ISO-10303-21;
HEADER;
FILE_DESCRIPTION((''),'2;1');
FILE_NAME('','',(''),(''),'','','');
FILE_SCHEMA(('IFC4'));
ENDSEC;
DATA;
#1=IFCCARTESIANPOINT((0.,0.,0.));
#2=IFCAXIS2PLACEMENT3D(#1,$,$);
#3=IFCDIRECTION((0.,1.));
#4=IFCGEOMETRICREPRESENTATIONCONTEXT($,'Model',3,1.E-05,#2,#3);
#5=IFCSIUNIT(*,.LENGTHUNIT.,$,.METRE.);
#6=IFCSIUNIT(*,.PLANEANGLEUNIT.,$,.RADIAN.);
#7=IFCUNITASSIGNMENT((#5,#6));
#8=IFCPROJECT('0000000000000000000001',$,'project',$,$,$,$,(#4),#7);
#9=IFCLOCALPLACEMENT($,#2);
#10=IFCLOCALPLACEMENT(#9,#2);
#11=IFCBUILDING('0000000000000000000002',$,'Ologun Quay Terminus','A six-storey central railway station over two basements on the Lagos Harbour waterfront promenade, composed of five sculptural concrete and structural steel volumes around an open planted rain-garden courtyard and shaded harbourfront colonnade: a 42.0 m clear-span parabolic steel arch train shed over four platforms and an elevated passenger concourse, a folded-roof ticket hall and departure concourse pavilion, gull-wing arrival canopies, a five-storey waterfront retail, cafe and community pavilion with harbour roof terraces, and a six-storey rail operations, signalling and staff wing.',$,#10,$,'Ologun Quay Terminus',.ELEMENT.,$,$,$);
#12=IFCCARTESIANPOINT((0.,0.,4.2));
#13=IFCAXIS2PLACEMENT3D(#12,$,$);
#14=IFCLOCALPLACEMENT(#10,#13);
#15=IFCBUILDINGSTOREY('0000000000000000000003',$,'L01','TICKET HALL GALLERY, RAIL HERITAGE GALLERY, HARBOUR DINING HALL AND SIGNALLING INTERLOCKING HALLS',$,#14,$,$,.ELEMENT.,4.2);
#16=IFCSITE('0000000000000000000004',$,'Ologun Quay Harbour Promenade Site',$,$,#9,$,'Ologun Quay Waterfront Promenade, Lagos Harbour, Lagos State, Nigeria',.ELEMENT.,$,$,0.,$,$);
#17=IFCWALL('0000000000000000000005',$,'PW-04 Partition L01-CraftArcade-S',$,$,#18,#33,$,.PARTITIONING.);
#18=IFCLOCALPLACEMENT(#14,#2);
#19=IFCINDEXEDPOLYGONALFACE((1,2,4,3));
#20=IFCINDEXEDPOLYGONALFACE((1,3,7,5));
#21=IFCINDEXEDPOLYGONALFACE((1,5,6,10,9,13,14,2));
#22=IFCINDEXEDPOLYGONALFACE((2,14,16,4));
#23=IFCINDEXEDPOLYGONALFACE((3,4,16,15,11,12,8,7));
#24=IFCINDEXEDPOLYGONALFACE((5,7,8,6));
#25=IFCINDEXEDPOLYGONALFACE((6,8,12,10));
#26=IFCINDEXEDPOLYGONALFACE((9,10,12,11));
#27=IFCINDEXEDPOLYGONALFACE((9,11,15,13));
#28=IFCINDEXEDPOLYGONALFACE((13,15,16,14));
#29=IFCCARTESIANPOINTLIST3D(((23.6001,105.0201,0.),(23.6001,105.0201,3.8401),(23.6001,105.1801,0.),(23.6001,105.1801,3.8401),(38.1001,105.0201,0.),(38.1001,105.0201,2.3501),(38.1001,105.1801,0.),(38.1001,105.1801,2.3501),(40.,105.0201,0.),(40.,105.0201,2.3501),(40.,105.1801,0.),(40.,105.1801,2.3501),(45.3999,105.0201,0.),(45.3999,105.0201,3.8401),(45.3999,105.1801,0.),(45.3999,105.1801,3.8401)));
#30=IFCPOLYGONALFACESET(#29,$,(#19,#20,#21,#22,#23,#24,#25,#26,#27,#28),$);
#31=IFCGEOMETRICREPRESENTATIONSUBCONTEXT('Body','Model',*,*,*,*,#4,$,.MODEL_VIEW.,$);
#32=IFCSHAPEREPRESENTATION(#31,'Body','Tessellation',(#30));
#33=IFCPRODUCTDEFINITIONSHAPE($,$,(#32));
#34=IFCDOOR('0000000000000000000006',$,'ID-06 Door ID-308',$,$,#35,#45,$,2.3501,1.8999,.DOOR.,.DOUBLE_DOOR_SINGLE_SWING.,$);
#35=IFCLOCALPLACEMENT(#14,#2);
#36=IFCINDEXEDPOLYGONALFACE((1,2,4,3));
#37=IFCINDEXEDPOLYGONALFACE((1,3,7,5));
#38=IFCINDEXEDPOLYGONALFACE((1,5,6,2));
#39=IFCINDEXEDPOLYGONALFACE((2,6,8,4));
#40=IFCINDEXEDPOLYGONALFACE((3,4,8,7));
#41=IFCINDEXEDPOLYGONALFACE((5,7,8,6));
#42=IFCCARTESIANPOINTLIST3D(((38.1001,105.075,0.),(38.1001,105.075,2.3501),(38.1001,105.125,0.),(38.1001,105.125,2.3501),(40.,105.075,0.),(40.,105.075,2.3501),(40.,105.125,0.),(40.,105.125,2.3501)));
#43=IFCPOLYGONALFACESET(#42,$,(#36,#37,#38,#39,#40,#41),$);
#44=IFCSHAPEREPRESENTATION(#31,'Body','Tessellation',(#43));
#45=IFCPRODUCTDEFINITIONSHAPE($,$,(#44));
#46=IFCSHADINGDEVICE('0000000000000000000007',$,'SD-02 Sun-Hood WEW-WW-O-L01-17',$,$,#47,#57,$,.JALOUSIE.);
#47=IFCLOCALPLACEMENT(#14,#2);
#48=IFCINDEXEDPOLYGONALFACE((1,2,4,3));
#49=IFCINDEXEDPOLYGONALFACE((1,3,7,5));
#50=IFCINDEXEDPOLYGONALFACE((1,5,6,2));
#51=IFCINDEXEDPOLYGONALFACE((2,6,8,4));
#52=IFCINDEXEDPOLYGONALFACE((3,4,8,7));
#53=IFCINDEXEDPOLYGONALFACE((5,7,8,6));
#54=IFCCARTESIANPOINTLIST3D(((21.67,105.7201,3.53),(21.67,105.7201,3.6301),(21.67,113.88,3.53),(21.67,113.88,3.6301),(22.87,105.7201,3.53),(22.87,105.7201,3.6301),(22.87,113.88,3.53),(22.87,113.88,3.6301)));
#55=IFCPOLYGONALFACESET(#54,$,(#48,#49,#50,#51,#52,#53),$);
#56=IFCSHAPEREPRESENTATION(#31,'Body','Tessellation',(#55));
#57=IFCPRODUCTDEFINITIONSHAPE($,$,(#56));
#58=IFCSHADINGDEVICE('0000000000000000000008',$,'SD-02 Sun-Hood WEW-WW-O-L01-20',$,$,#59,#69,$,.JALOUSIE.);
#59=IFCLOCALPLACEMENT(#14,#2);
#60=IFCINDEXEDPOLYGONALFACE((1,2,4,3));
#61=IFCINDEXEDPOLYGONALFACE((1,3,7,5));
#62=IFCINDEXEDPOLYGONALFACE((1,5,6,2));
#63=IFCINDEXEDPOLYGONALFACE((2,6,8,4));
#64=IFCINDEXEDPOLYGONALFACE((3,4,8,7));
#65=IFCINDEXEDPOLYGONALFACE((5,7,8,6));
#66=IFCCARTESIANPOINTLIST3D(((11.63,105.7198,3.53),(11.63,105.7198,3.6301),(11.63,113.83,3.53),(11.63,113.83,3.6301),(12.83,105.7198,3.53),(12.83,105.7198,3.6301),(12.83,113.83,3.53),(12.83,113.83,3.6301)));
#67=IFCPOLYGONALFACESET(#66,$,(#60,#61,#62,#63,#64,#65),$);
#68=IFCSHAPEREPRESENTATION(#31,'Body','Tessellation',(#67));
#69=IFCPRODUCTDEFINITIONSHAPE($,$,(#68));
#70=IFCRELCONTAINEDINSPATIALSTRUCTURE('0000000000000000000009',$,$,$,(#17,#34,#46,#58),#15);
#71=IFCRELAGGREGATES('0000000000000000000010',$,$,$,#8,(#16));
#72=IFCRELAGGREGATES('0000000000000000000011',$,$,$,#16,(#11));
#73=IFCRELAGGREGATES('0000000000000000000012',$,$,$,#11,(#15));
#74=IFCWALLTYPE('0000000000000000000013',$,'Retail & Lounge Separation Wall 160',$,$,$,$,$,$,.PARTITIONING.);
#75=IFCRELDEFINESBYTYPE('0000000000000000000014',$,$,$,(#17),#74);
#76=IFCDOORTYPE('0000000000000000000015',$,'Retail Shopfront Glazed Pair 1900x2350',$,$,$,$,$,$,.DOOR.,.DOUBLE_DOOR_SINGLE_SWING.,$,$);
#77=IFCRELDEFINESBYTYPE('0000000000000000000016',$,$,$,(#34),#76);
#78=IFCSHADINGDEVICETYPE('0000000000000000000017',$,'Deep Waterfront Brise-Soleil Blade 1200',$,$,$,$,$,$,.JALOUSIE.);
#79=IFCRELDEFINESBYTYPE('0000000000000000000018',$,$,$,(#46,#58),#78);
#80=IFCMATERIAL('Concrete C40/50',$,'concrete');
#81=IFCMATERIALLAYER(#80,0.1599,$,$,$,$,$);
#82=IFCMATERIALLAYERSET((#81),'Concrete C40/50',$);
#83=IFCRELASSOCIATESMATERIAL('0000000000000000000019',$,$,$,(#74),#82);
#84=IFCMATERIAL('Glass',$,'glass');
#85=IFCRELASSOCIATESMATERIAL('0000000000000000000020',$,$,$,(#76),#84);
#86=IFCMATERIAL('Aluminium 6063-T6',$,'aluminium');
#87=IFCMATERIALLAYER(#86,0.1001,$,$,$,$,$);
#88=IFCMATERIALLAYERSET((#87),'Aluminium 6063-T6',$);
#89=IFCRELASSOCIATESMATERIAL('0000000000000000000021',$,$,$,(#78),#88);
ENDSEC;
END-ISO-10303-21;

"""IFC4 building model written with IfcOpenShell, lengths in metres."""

from ifc_helpers import new_model, si_unit, direction, frame, frame_2d, origin, origin_2d, place, context, subcontext, project, spatial, rectangle, extrude, material, layer, layer_set, type_object, element, fill, save


model = new_model("IFC4")

# Units and contexts
model_context = context("Model", 3, precision=1e-05, world=origin(), true_north=direction((0.0, 1.0)))
body_context = subcontext(model_context, "Body", "Model", "MODEL_VIEW")
ifc_project = project(units=[si_unit("LENGTHUNIT", "METRE"), si_unit("PLANEANGLEUNIT", "RADIAN")], contexts=[model_context])

# Site, building, storey
site_placement = place(None, origin())
site = spatial("IfcSite", under=ifc_project, at=site_placement, Name="Ologun Quay Harbour Promenade Site", LongName="Ologun Quay Waterfront Promenade, Lagos Harbour, Lagos State, Nigeria", CompositionType="ELEMENT", RefElevation=0.0)
building_placement = place(site_placement, origin())
building = spatial("IfcBuilding", under=site, at=building_placement, Name="Ologun Quay Terminus", Description="A six-storey central railway station over two basements on the Lagos Harbour waterfront promenade, composed of five sculptural concrete and structural steel volumes around an open planted rain-garden courtyard and shaded harbourfront colonnade: a 42.0 m clear-span parabolic steel arch train shed over four platforms and an elevated passenger concourse, a folded-roof ticket hall and departure concourse pavilion, gull-wing arrival canopies, a five-storey waterfront retail, cafe and community pavilion with harbour roof terraces, and a six-storey rail operations, signalling and staff wing.", LongName="Ologun Quay Terminus", CompositionType="ELEMENT")
storey_placement = place(building_placement, frame((0.0, 0.0, 4.2)))
storey = spatial("IfcBuildingStorey", under=building, at=storey_placement, Name="L01", Description="TICKET HALL GALLERY, RAIL HERITAGE GALLERY, HARBOUR DINING HALL AND SIGNALLING INTERLOCKING HALLS", CompositionType="ELEMENT", Elevation=4.2)

# Wall, opening, door
ifc_material_1 = material(Name="Concrete C40/50", Category="concrete")
ifc_layer_1 = layer(ifc_material_1, 0.1599)
ifc_layer_set_1 = layer_set([ifc_layer_1], Name="Concrete C40/50")
wall_type_1 = type_object("IfcWallType", Name="Retail & Lounge Separation Wall 160", PredefinedType="PARTITIONING", material=ifc_layer_set_1)
wall_1_placement = place(storey_placement, frame((23.6001, 105.1001, 0.0), z_axis=(0.0, 0.0, 1.0), x_axis=(1.0, 0.0, 0.0)))
wall_1 = element("IfcWall", 1, at=wall_1_placement, inside=storey, type_object=wall_type_1, Name="PW-04 Partition L01-CraftArcade-S", PredefinedType="PARTITIONING", context=body_context, shape_type="SweptSolid", body=[
    extrude(rectangle(XDim=21.7998, YDim=0.1599, at=frame_2d((10.8999, 0.0))), origin(), (0.0, 0.0, 1.0), 3.8401),
])
opening_1_placement = place(wall_1_placement, frame((14.5, 0.0, 0.0)))
opening_1 = element("IfcOpeningElement", 2, at=opening_1_placement, cuts=wall_1, PredefinedType="OPENING", context=body_context, shape_type="SweptSolid", body=[
    extrude(rectangle(XDim=1.8999, YDim=2.3501, at=frame_2d((0.95, 1.175))), frame((0.0, 0.0898, 0.0), z_axis=(0.0, -1.0, 0.0), x_axis=(1.0, 0.0, 0.0)), (0.0, 0.0, 1.0), 0.1799),
])
ifc_material_2 = material(Name="Glass", Category="glass")
door_type = type_object("IfcDoorType", Name="Retail Shopfront Glazed Pair 1900x2350", OperationType="DOUBLE_DOOR_SINGLE_SWING", PredefinedType="DOOR", material=ifc_material_2)
door_placement = place(opening_1_placement, origin())
door = element("IfcDoor", 3, at=door_placement, inside=storey, type_object=door_type, Name="ID-06 Door ID-308", OperationType="DOUBLE_DOOR_SINGLE_SWING", OverallHeight=2.3501, OverallWidth=1.8999, PredefinedType="DOOR", context=body_context, shape_type="SweptSolid", body=[
    extrude(rectangle(XDim=1.8999, YDim=2.3501, at=frame_2d((0.95, 1.175))), frame((0.0, 0.0249, 0.0), z_axis=(0.0, -1.0, 0.0), x_axis=(1.0, 0.0, 0.0)), (0.0, 0.0, 1.0), 0.05),
])
fill(opening_1, door)

# Shading devices
ifc_material_3 = material(Name="Aluminium 6063-T6", Category="aluminium")
ifc_layer_2 = layer(ifc_material_3, 0.1001)
ifc_layer_set_2 = layer_set([ifc_layer_2], Name="Aluminium 6063-T6")
shading_device_type = type_object("IfcShadingDeviceType", Name="Deep Waterfront Brise-Soleil Blade 1200", PredefinedType="JALOUSIE", material=ifc_layer_set_2)
shading_device_1_placement = place(storey_placement, frame((22.27, 109.8, 3.53), z_axis=(0.0, 0.0, 1.0), x_axis=(1.0, 0.0, 0.0)))
element("IfcShadingDevice", 4, at=shading_device_1_placement, inside=storey, type_object=shading_device_type, Name="SD-02 Sun-Hood WEW-WW-O-L01-17", PredefinedType="JALOUSIE", context=body_context, shape_type="SweptSolid", body=[
    extrude(rectangle(XDim=1.2, YDim=8.1599, at=origin_2d()), origin(), (0.0, 0.0, 1.0), 0.1001),
])
shading_device_2_placement = place(storey_placement, frame((12.23, 109.7749, 3.53), z_axis=(0.0, 0.0, 1.0), x_axis=(1.0, 0.0, 0.0)))
element("IfcShadingDevice", 5, at=shading_device_2_placement, inside=storey, type_object=shading_device_type, Name="SD-02 Sun-Hood WEW-WW-O-L01-20", PredefinedType="JALOUSIE", context=body_context, shape_type="SweptSolid", body=[
    extrude(rectangle(XDim=1.2, YDim=8.1101, at=origin_2d()), origin(), (0.0, 0.0, 1.0), 0.1001),
])

save(model, "model.ifc")
